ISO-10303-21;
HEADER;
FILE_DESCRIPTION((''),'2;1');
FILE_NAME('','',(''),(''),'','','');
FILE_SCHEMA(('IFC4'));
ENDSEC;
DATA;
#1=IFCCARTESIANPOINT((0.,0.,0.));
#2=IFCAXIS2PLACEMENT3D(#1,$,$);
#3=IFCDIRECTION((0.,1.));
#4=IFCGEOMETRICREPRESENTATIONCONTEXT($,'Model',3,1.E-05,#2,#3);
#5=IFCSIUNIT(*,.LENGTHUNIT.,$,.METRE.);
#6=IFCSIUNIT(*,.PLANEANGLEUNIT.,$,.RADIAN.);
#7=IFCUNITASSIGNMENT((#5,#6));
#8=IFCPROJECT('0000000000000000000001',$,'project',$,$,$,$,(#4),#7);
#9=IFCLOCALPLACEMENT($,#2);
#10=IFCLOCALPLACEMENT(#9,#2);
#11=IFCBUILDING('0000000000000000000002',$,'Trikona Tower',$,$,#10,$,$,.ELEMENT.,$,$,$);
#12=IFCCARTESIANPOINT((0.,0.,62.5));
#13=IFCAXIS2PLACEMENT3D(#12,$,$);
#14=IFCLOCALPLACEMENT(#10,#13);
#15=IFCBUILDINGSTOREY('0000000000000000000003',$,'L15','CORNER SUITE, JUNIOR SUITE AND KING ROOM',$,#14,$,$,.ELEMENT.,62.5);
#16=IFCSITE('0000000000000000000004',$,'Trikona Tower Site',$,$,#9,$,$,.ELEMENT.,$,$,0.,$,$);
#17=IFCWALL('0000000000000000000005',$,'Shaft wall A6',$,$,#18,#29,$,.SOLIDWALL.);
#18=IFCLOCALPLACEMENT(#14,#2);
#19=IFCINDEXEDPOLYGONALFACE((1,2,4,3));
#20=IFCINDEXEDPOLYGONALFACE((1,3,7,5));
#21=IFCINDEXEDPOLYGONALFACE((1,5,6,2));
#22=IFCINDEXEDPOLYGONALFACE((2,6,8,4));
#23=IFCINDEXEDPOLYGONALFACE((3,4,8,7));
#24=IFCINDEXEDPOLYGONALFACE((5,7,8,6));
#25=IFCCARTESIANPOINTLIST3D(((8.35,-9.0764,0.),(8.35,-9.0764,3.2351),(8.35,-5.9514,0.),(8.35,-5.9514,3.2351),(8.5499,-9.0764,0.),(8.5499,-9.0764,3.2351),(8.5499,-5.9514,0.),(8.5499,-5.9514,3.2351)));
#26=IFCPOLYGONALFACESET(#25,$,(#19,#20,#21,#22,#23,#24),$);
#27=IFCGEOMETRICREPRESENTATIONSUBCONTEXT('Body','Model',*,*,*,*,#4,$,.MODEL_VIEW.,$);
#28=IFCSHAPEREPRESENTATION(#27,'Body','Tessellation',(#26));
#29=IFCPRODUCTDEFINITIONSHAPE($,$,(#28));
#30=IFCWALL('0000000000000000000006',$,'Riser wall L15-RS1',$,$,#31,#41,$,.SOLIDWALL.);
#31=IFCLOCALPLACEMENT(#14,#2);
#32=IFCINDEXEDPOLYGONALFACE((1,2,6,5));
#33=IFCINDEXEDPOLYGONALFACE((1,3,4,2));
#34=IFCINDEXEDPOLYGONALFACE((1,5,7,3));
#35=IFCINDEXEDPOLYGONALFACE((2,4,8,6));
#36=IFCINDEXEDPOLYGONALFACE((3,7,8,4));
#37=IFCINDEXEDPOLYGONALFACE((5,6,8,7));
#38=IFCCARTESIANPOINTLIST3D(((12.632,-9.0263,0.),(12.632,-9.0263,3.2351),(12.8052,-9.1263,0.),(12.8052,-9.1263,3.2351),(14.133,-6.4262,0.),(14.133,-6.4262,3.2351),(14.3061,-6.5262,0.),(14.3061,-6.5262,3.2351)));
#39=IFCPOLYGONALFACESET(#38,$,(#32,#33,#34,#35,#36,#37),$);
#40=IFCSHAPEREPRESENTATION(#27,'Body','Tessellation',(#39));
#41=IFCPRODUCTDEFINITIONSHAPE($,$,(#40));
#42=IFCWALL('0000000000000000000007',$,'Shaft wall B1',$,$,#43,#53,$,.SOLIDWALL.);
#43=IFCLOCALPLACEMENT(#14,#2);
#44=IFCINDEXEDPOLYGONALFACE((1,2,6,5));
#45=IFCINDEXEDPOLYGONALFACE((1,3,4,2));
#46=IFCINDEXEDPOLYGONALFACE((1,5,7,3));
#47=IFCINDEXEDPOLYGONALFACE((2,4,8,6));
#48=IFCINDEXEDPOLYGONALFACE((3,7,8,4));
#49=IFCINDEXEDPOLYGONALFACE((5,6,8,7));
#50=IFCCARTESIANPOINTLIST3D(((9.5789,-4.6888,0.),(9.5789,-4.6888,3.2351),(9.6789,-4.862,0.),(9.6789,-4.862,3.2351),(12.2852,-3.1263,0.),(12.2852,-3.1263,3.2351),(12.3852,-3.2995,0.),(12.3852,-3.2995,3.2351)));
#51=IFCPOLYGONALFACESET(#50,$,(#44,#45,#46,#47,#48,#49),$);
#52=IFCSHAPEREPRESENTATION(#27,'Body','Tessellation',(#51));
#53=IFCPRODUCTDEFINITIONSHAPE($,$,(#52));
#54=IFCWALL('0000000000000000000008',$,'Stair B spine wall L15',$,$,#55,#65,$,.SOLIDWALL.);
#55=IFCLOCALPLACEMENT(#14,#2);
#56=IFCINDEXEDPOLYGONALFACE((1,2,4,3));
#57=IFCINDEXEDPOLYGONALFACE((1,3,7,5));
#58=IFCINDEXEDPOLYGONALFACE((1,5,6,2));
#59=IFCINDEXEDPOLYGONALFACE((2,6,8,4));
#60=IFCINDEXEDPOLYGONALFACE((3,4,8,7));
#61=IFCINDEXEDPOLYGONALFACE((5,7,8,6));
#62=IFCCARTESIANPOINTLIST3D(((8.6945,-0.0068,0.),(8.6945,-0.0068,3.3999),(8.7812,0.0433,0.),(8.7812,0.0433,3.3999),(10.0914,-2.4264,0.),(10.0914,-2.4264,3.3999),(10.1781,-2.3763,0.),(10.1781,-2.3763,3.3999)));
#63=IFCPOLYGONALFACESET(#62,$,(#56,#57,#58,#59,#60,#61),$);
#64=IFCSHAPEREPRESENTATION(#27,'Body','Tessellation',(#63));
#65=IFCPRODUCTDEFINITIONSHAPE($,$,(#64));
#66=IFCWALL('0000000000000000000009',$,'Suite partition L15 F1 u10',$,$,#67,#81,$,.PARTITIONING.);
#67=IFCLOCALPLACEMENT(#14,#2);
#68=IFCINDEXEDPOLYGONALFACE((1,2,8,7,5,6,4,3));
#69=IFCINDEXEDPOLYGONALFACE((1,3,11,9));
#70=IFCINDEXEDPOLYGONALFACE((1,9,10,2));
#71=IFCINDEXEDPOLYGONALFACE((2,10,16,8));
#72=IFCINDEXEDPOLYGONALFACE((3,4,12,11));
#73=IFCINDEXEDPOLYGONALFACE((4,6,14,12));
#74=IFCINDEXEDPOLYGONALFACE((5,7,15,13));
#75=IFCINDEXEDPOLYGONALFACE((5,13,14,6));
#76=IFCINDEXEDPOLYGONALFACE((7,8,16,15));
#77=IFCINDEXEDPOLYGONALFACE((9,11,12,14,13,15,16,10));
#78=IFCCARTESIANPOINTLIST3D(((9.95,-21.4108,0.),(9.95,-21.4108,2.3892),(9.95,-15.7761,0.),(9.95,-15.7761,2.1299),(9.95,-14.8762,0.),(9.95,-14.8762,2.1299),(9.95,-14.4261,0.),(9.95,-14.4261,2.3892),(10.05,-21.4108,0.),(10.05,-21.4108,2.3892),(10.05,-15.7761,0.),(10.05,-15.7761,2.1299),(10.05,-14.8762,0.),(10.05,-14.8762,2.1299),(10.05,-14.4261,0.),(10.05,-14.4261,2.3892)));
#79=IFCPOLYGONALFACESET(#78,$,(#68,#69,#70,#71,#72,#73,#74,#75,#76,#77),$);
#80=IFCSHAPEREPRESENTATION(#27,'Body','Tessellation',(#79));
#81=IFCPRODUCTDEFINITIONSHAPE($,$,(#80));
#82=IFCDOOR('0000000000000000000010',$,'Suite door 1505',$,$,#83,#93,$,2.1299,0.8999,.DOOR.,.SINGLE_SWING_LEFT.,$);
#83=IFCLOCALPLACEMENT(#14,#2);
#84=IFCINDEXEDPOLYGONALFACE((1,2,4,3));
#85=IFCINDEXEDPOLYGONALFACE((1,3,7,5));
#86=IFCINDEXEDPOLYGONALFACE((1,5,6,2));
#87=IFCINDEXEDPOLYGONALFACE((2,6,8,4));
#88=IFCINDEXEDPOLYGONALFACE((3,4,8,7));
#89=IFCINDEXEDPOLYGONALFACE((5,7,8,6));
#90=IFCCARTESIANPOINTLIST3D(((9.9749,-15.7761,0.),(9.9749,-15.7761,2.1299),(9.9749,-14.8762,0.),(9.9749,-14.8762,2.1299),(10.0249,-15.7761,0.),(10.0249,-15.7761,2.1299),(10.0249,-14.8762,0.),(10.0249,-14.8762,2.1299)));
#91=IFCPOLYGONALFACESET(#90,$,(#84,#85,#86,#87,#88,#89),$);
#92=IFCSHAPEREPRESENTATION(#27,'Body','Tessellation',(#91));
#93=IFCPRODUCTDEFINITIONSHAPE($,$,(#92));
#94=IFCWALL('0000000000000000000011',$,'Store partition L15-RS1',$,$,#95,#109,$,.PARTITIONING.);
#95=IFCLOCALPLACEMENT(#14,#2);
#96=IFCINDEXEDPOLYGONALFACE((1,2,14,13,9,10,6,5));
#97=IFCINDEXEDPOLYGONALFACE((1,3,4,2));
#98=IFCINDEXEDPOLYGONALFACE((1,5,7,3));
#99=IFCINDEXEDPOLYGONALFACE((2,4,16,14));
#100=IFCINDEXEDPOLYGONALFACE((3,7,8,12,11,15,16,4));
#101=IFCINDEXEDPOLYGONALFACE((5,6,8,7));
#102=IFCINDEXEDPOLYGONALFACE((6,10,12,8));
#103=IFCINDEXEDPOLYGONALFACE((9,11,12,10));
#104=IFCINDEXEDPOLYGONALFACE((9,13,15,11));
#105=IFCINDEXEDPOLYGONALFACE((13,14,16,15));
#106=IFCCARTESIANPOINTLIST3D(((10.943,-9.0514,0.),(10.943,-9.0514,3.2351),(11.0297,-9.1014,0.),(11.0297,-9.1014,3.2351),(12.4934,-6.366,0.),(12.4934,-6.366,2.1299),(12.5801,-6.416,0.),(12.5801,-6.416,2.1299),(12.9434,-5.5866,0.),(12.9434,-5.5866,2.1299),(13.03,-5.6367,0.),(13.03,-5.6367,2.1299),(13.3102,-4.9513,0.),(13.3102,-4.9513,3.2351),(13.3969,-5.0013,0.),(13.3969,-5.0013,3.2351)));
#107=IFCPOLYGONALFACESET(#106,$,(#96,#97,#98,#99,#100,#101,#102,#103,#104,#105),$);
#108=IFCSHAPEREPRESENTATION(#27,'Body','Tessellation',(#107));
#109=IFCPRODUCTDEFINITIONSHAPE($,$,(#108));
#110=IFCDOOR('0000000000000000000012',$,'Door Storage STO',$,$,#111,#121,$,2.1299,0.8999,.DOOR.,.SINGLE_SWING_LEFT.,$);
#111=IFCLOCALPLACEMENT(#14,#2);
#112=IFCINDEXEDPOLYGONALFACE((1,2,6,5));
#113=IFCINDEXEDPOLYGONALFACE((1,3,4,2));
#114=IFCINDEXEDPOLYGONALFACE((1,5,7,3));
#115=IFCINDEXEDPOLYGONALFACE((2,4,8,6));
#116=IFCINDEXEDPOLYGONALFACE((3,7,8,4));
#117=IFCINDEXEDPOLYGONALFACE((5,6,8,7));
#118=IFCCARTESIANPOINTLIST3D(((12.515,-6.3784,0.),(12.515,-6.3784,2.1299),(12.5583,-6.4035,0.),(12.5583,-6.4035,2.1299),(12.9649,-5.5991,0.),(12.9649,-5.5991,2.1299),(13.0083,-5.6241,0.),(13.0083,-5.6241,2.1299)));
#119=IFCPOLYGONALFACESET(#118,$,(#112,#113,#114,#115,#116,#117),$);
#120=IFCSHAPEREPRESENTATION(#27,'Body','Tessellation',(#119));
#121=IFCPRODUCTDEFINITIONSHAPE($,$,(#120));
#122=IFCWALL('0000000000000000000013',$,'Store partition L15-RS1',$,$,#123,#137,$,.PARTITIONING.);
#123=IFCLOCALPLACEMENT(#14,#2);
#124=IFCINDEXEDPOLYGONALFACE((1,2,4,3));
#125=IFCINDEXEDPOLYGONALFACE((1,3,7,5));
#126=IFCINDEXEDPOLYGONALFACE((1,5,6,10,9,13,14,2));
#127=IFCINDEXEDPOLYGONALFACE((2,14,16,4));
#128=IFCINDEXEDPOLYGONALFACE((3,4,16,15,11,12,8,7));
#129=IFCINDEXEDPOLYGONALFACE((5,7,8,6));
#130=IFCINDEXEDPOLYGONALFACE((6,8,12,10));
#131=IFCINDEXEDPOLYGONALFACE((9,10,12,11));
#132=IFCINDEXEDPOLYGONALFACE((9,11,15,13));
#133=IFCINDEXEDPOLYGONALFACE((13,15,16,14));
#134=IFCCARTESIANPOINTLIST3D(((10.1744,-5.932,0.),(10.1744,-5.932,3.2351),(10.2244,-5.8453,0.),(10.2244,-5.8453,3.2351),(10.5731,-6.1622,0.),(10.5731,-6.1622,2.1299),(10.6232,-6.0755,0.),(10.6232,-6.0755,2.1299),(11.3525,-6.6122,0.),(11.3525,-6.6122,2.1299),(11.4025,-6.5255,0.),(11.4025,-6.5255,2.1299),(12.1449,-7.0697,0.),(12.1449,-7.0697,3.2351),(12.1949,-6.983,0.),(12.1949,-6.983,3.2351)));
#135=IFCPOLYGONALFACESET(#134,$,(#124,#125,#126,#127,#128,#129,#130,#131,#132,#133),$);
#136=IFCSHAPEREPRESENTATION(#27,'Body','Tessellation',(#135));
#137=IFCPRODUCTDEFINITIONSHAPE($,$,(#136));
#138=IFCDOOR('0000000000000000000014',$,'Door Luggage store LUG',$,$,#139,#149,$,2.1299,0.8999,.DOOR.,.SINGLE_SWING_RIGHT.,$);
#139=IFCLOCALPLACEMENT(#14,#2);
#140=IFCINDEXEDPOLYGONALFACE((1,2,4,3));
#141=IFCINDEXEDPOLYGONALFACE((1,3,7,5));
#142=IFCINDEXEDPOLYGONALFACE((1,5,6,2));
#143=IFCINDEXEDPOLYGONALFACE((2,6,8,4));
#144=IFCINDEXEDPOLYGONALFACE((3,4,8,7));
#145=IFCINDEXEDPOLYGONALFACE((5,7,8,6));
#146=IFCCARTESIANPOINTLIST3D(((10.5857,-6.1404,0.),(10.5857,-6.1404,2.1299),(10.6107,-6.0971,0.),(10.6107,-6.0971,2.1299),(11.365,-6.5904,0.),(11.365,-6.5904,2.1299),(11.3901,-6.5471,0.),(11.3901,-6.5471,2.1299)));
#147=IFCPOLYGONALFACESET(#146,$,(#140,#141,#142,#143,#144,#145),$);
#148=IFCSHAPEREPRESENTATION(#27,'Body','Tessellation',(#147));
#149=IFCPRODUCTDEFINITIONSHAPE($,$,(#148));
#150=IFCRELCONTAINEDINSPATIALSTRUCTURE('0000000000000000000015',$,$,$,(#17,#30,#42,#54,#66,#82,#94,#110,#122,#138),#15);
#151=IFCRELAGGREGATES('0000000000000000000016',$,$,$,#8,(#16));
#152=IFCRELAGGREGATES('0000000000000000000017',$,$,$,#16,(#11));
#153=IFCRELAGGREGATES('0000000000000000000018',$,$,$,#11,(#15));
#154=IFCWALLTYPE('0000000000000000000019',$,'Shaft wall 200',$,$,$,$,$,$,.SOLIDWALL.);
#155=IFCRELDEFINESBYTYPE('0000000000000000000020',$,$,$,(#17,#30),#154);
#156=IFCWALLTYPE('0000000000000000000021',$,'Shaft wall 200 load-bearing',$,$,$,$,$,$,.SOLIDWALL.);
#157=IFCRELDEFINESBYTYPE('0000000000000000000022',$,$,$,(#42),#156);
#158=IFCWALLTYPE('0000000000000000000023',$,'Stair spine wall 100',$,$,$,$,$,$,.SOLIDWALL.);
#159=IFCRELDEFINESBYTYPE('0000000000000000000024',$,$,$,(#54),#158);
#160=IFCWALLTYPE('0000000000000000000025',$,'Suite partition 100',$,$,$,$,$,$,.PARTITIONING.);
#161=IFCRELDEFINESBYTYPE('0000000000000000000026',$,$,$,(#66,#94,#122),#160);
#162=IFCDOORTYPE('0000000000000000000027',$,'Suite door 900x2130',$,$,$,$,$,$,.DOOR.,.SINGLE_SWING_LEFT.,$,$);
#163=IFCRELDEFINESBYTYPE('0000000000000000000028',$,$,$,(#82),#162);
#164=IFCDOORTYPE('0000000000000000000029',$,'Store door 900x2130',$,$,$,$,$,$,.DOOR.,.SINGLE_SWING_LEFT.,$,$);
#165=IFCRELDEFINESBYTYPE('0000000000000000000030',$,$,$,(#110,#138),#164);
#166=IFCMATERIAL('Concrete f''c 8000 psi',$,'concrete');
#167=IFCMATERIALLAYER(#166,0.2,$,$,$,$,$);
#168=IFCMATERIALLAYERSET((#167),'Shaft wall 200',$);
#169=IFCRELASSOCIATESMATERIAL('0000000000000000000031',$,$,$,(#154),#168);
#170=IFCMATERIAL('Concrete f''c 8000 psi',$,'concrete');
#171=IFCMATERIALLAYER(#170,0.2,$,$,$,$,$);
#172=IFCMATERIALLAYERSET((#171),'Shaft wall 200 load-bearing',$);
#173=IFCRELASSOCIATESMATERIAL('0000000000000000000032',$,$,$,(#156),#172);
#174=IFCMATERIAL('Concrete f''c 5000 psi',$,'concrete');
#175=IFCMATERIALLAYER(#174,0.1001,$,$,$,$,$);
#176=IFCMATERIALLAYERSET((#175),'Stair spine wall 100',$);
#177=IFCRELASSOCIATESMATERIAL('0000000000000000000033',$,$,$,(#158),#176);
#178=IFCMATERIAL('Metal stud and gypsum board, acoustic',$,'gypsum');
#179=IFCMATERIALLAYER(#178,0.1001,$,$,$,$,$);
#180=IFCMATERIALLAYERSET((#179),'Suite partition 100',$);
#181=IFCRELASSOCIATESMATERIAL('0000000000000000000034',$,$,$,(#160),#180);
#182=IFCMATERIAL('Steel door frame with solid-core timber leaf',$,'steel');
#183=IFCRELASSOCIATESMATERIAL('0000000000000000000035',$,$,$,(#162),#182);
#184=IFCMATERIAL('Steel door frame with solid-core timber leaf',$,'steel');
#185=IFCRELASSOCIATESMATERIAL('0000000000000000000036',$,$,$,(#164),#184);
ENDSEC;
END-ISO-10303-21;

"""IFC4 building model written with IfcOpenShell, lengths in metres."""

from ifc_helpers import new_model, si_unit, direction, frame, frame_2d, origin, place, context, subcontext, project, spatial, rectangle, extrude, material, layer, layer_set, type_object, element, fill, save


model = new_model("IFC4")

# Units and contexts
model_context = context("Model", 3, precision=1e-05, world=origin(), true_north=direction((0.0, 1.0)))
body_context = subcontext(model_context, "Body", "Model", "MODEL_VIEW")
ifc_project = project(units=[si_unit("LENGTHUNIT", "METRE"), si_unit("PLANEANGLEUNIT", "RADIAN")], contexts=[model_context])

# Site, building, storey
site_placement = place(None, origin())
site = spatial("IfcSite", under=ifc_project, at=site_placement, Name="Trikona Tower Site", CompositionType="ELEMENT", RefElevation=0.0)
building_placement = place(site_placement, origin())
building = spatial("IfcBuilding", under=site, at=building_placement, Name="Trikona Tower", CompositionType="ELEMENT")
storey_placement = place(building_placement, frame((0.0, 0.0, 62.5)))
storey = spatial("IfcBuildingStorey", under=building, at=storey_placement, Name="L15", Description="CORNER SUITE, JUNIOR SUITE AND KING ROOM", CompositionType="ELEMENT", Elevation=62.5)

# Walls
ifc_material_1 = material(Name="Concrete f'c 8000 psi", Category="concrete")
ifc_layer_1 = layer(ifc_material_1, 0.2)
ifc_layer_set_1 = layer_set([ifc_layer_1], Name="Shaft wall 200")
wall_type_1 = type_object("IfcWallType", Name="Shaft wall 200", PredefinedType="SOLIDWALL", material=ifc_layer_set_1)
for number, where, z_axis, x_axis, name in (
    (1, (8.45, -5.9514, 0.0), (0.0, 0.0, 1.0), (0.0, -1.0, 0.0), "Shaft wall A6"),
):
    element("IfcWall", number, at=place(storey_placement, frame(where, z_axis=z_axis, x_axis=x_axis)), inside=storey, type_object=wall_type_1, Name=name, PredefinedType="SOLIDWALL", context=body_context, shape_type="SweptSolid", body=[
        extrude(rectangle(XDim=3.125, YDim=0.2, at=frame_2d((1.5625, 0.0))), origin(), (0.0, 0.0, 1.0), 3.2351),
    ])
wall_1_placement = place(storey_placement, frame((14.2195, -6.4763, 0.0), z_axis=(0.0, 0.0, 1.0), x_axis=(-0.499952, -0.866053, 0.0)))
element("IfcWall", 2, at=wall_1_placement, inside=storey, type_object=wall_type_1, Name="Riser wall L15-RS1", PredefinedType="SOLIDWALL", context=body_context, shape_type="SweptSolid", body=[
    extrude(rectangle(XDim=3.0022, YDim=0.2, at=frame_2d((1.501, 0.0))), origin(), (0.0, 0.0, 1.0), 3.2351),
])
ifc_material_2 = material(Name="Concrete f'c 8000 psi", Category="concrete")
ifc_layer_2 = layer(ifc_material_2, 0.2)
ifc_layer_set_2 = layer_set([ifc_layer_2], Name="Shaft wall 200 load-bearing")
wall_type_2 = type_object("IfcWallType", Name="Shaft wall 200 load-bearing", PredefinedType="SOLIDWALL", material=ifc_layer_set_2)
wall_2_placement = place(storey_placement, frame((9.6289, -4.7754, 0.0), z_axis=(0.0, 0.0, 1.0), x_axis=(0.866023, 0.500004, 0.0)))
element("IfcWall", 3, at=wall_2_placement, inside=storey, type_object=wall_type_2, Name="Shaft wall B1", PredefinedType="SOLIDWALL", context=body_context, shape_type="SweptSolid", body=[
    extrude(rectangle(XDim=3.125, YDim=0.2, at=frame_2d((1.5625, 0.0))), origin(), (0.0, 0.0, 1.0), 3.2351),
])
ifc_material_3 = material(Name="Concrete f'c 5000 psi", Category="concrete")
ifc_layer_3 = layer(ifc_material_3, 0.1001)
ifc_layer_set_3 = layer_set([ifc_layer_3], Name="Stair spine wall 100")
wall_type_3 = type_object("IfcWallType", Name="Stair spine wall 100", PredefinedType="SOLIDWALL", material=ifc_layer_set_3)
wall_3_placement = place(storey_placement, frame((10.1348, -2.4014, 0.0), z_axis=(0.0, 0.0, 1.0), x_axis=(-0.499992, 0.86603, 0.0)))
element("IfcWall", 4, at=wall_3_placement, inside=storey, type_object=wall_type_3, Name="Stair B spine wall L15", PredefinedType="SOLIDWALL", context=body_context, shape_type="SweptSolid", body=[
    extrude(rectangle(XDim=2.7939, YDim=0.1001, at=frame_2d((1.397, 0.0))), origin(), (0.0, 0.0, 1.0), 3.3999),
])

# Walls, openings, doors
ifc_material_4 = material(Name="Metal stud and gypsum board, acoustic", Category="gypsum")
ifc_layer_4 = layer(ifc_material_4, 0.1001)
ifc_layer_set_4 = layer_set([ifc_layer_4], Name="Suite partition 100")
wall_type_4 = type_object("IfcWallType", Name="Suite partition 100", PredefinedType="PARTITIONING", material=ifc_layer_set_4)
wall_4_placement = place(storey_placement, frame((10.0, -14.4263, 0.0), z_axis=(0.0, 0.0, 1.0), x_axis=(0.0, -1.0, 0.0)))
wall_4 = element("IfcWall", 5, at=wall_4_placement, inside=storey, type_object=wall_type_4, Name="Suite partition L15 F1 u10", PredefinedType="PARTITIONING", context=body_context, shape_type="SweptSolid", body=[
    extrude(rectangle(XDim=6.9846, YDim=0.1001, at=frame_2d((3.4922, 0.0))), origin(), (0.0, 0.0, 1.0), 2.3892),
])
opening_1_placement = place(wall_4_placement, frame((0.45, 0.0, 0.0)))
opening_1 = element("IfcOpeningElement", 6, at=opening_1_placement, cuts=wall_4, PredefinedType="OPENING", context=body_context, shape_type="SweptSolid", body=[
    extrude(rectangle(XDim=0.8999, YDim=2.1299, at=frame_2d((0.45, 1.0649))), frame((0.0, 0.0601, 0.0), z_axis=(0.0, -1.0, 0.0), x_axis=(1.0, 0.0, 0.0)), (0.0, 0.0, 1.0), 0.1201),
])
ifc_material_5 = material(Name="Steel door frame with solid-core timber leaf", Category="steel")
door_type_1 = type_object("IfcDoorType", Name="Suite door 900x2130", OperationType="SINGLE_SWING_LEFT", PredefinedType="DOOR", material=ifc_material_5)
door_1_placement = place(opening_1_placement, origin())
door_1 = element("IfcDoor", 7, at=door_1_placement, inside=storey, type_object=door_type_1, Name="Suite door 1505", OperationType="SINGLE_SWING_LEFT", OverallHeight=2.1299, OverallWidth=0.8999, PredefinedType="DOOR", context=body_context, shape_type="SweptSolid", body=[
    extrude(rectangle(XDim=0.8999, YDim=2.1299, at=frame_2d((0.45, 1.0649))), frame((0.0, 0.0249, 0.0), z_axis=(0.0, -1.0, 0.0), x_axis=(1.0, 0.0, 0.0)), (0.0, 0.0, 1.0), 0.05),
])
fill(opening_1, door_1)
wall_5_placement = place(storey_placement, frame((13.3535, -4.9763, 0.0), z_axis=(0.0, 0.0, 1.0), x_axis=(-0.499999, -0.866026, 0.0)))
wall_5 = element("IfcWall", 8, at=wall_5_placement, inside=storey, type_object=wall_type_4, Name="Store partition L15-RS1", PredefinedType="PARTITIONING", context=body_context, shape_type="SweptSolid", body=[
    extrude(rectangle(XDim=4.7344, YDim=0.1001, at=frame_2d((2.3672, 0.0))), origin(), (0.0, 0.0, 1.0), 3.2351),
])
opening_2_placement = place(wall_5_placement, frame((0.7336, 0.0, 0.0)))
opening_2 = element("IfcOpeningElement", 9, at=opening_2_placement, cuts=wall_5, PredefinedType="OPENING", context=body_context, shape_type="SweptSolid", body=[
    extrude(rectangle(XDim=0.8999, YDim=2.1299, at=frame_2d((0.45, 1.0649))), frame((0.0, 0.0601, 0.0), z_axis=(0.0, -1.0, 0.0), x_axis=(1.0, 0.0, 0.0)), (0.0, 0.0, 1.0), 0.1201),
])
ifc_material_6 = material(Name="Steel door frame with solid-core timber leaf", Category="steel")
door_type_2 = type_object("IfcDoorType", Name="Store door 900x2130", OperationType="SINGLE_SWING_LEFT", PredefinedType="DOOR", material=ifc_material_6)
door_2_placement = place(opening_2_placement, origin())
door_2 = element("IfcDoor", 10, at=door_2_placement, inside=storey, type_object=door_type_2, Name="Door Storage STO", OperationType="SINGLE_SWING_LEFT", OverallHeight=2.1299, OverallWidth=0.8999, PredefinedType="DOOR", context=body_context, shape_type="SweptSolid", body=[
    extrude(rectangle(XDim=0.8999, YDim=2.1299, at=frame_2d((0.45, 1.0649))), frame((0.0, 0.0249, 0.0), z_axis=(0.0, -1.0, 0.0), x_axis=(1.0, 0.0, 0.0)), (0.0, 0.0, 1.0), 0.05),
])
fill(opening_2, door_2)
wall_6_placement = place(storey_placement, frame((12.1699, -7.0264, 0.0), z_axis=(0.0, 0.0, 1.0), x_axis=(-0.866016, 0.500017, 0.0)))
wall_6 = element("IfcWall", 11, at=wall_6_placement, inside=storey, type_object=wall_type_4, Name="Store partition L15-RS1", PredefinedType="PARTITIONING", context=body_context, shape_type="SweptSolid", body=[
    extrude(rectangle(XDim=2.2754, YDim=0.1001, at=frame_2d((1.1377, 0.0))), origin(), (0.0, 0.0, 1.0), 3.2351),
])
opening_3_placement = place(wall_6_placement, frame((0.915, 0.0, 0.0)))
opening_3 = element("IfcOpeningElement", 12, at=opening_3_placement, cuts=wall_6, PredefinedType="OPENING", context=body_context, shape_type="SweptSolid", body=[
    extrude(rectangle(XDim=0.8999, YDim=2.1299, at=frame_2d((0.45, 1.0649))), frame((0.0, 0.0601, 0.0), z_axis=(0.0, -1.0, 0.0), x_axis=(1.0, 0.0, 0.0)), (0.0, 0.0, 1.0), 0.1201),
])
door_3_placement = place(opening_3_placement, origin())
door_3 = element("IfcDoor", 13, at=door_3_placement, inside=storey, type_object=door_type_2, Name="Door Luggage store LUG", OperationType="SINGLE_SWING_RIGHT", OverallHeight=2.1299, OverallWidth=0.8999, PredefinedType="DOOR", context=body_context, shape_type="SweptSolid", body=[
    extrude(rectangle(XDim=0.8999, YDim=2.1299, at=frame_2d((0.45, 1.0649))), frame((0.0, 0.0249, 0.0), z_axis=(0.0, -1.0, 0.0), x_axis=(1.0, 0.0, 0.0)), (0.0, 0.0, 1.0), 0.05),
])
fill(opening_3, door_3)

save(model, "model.ifc")
